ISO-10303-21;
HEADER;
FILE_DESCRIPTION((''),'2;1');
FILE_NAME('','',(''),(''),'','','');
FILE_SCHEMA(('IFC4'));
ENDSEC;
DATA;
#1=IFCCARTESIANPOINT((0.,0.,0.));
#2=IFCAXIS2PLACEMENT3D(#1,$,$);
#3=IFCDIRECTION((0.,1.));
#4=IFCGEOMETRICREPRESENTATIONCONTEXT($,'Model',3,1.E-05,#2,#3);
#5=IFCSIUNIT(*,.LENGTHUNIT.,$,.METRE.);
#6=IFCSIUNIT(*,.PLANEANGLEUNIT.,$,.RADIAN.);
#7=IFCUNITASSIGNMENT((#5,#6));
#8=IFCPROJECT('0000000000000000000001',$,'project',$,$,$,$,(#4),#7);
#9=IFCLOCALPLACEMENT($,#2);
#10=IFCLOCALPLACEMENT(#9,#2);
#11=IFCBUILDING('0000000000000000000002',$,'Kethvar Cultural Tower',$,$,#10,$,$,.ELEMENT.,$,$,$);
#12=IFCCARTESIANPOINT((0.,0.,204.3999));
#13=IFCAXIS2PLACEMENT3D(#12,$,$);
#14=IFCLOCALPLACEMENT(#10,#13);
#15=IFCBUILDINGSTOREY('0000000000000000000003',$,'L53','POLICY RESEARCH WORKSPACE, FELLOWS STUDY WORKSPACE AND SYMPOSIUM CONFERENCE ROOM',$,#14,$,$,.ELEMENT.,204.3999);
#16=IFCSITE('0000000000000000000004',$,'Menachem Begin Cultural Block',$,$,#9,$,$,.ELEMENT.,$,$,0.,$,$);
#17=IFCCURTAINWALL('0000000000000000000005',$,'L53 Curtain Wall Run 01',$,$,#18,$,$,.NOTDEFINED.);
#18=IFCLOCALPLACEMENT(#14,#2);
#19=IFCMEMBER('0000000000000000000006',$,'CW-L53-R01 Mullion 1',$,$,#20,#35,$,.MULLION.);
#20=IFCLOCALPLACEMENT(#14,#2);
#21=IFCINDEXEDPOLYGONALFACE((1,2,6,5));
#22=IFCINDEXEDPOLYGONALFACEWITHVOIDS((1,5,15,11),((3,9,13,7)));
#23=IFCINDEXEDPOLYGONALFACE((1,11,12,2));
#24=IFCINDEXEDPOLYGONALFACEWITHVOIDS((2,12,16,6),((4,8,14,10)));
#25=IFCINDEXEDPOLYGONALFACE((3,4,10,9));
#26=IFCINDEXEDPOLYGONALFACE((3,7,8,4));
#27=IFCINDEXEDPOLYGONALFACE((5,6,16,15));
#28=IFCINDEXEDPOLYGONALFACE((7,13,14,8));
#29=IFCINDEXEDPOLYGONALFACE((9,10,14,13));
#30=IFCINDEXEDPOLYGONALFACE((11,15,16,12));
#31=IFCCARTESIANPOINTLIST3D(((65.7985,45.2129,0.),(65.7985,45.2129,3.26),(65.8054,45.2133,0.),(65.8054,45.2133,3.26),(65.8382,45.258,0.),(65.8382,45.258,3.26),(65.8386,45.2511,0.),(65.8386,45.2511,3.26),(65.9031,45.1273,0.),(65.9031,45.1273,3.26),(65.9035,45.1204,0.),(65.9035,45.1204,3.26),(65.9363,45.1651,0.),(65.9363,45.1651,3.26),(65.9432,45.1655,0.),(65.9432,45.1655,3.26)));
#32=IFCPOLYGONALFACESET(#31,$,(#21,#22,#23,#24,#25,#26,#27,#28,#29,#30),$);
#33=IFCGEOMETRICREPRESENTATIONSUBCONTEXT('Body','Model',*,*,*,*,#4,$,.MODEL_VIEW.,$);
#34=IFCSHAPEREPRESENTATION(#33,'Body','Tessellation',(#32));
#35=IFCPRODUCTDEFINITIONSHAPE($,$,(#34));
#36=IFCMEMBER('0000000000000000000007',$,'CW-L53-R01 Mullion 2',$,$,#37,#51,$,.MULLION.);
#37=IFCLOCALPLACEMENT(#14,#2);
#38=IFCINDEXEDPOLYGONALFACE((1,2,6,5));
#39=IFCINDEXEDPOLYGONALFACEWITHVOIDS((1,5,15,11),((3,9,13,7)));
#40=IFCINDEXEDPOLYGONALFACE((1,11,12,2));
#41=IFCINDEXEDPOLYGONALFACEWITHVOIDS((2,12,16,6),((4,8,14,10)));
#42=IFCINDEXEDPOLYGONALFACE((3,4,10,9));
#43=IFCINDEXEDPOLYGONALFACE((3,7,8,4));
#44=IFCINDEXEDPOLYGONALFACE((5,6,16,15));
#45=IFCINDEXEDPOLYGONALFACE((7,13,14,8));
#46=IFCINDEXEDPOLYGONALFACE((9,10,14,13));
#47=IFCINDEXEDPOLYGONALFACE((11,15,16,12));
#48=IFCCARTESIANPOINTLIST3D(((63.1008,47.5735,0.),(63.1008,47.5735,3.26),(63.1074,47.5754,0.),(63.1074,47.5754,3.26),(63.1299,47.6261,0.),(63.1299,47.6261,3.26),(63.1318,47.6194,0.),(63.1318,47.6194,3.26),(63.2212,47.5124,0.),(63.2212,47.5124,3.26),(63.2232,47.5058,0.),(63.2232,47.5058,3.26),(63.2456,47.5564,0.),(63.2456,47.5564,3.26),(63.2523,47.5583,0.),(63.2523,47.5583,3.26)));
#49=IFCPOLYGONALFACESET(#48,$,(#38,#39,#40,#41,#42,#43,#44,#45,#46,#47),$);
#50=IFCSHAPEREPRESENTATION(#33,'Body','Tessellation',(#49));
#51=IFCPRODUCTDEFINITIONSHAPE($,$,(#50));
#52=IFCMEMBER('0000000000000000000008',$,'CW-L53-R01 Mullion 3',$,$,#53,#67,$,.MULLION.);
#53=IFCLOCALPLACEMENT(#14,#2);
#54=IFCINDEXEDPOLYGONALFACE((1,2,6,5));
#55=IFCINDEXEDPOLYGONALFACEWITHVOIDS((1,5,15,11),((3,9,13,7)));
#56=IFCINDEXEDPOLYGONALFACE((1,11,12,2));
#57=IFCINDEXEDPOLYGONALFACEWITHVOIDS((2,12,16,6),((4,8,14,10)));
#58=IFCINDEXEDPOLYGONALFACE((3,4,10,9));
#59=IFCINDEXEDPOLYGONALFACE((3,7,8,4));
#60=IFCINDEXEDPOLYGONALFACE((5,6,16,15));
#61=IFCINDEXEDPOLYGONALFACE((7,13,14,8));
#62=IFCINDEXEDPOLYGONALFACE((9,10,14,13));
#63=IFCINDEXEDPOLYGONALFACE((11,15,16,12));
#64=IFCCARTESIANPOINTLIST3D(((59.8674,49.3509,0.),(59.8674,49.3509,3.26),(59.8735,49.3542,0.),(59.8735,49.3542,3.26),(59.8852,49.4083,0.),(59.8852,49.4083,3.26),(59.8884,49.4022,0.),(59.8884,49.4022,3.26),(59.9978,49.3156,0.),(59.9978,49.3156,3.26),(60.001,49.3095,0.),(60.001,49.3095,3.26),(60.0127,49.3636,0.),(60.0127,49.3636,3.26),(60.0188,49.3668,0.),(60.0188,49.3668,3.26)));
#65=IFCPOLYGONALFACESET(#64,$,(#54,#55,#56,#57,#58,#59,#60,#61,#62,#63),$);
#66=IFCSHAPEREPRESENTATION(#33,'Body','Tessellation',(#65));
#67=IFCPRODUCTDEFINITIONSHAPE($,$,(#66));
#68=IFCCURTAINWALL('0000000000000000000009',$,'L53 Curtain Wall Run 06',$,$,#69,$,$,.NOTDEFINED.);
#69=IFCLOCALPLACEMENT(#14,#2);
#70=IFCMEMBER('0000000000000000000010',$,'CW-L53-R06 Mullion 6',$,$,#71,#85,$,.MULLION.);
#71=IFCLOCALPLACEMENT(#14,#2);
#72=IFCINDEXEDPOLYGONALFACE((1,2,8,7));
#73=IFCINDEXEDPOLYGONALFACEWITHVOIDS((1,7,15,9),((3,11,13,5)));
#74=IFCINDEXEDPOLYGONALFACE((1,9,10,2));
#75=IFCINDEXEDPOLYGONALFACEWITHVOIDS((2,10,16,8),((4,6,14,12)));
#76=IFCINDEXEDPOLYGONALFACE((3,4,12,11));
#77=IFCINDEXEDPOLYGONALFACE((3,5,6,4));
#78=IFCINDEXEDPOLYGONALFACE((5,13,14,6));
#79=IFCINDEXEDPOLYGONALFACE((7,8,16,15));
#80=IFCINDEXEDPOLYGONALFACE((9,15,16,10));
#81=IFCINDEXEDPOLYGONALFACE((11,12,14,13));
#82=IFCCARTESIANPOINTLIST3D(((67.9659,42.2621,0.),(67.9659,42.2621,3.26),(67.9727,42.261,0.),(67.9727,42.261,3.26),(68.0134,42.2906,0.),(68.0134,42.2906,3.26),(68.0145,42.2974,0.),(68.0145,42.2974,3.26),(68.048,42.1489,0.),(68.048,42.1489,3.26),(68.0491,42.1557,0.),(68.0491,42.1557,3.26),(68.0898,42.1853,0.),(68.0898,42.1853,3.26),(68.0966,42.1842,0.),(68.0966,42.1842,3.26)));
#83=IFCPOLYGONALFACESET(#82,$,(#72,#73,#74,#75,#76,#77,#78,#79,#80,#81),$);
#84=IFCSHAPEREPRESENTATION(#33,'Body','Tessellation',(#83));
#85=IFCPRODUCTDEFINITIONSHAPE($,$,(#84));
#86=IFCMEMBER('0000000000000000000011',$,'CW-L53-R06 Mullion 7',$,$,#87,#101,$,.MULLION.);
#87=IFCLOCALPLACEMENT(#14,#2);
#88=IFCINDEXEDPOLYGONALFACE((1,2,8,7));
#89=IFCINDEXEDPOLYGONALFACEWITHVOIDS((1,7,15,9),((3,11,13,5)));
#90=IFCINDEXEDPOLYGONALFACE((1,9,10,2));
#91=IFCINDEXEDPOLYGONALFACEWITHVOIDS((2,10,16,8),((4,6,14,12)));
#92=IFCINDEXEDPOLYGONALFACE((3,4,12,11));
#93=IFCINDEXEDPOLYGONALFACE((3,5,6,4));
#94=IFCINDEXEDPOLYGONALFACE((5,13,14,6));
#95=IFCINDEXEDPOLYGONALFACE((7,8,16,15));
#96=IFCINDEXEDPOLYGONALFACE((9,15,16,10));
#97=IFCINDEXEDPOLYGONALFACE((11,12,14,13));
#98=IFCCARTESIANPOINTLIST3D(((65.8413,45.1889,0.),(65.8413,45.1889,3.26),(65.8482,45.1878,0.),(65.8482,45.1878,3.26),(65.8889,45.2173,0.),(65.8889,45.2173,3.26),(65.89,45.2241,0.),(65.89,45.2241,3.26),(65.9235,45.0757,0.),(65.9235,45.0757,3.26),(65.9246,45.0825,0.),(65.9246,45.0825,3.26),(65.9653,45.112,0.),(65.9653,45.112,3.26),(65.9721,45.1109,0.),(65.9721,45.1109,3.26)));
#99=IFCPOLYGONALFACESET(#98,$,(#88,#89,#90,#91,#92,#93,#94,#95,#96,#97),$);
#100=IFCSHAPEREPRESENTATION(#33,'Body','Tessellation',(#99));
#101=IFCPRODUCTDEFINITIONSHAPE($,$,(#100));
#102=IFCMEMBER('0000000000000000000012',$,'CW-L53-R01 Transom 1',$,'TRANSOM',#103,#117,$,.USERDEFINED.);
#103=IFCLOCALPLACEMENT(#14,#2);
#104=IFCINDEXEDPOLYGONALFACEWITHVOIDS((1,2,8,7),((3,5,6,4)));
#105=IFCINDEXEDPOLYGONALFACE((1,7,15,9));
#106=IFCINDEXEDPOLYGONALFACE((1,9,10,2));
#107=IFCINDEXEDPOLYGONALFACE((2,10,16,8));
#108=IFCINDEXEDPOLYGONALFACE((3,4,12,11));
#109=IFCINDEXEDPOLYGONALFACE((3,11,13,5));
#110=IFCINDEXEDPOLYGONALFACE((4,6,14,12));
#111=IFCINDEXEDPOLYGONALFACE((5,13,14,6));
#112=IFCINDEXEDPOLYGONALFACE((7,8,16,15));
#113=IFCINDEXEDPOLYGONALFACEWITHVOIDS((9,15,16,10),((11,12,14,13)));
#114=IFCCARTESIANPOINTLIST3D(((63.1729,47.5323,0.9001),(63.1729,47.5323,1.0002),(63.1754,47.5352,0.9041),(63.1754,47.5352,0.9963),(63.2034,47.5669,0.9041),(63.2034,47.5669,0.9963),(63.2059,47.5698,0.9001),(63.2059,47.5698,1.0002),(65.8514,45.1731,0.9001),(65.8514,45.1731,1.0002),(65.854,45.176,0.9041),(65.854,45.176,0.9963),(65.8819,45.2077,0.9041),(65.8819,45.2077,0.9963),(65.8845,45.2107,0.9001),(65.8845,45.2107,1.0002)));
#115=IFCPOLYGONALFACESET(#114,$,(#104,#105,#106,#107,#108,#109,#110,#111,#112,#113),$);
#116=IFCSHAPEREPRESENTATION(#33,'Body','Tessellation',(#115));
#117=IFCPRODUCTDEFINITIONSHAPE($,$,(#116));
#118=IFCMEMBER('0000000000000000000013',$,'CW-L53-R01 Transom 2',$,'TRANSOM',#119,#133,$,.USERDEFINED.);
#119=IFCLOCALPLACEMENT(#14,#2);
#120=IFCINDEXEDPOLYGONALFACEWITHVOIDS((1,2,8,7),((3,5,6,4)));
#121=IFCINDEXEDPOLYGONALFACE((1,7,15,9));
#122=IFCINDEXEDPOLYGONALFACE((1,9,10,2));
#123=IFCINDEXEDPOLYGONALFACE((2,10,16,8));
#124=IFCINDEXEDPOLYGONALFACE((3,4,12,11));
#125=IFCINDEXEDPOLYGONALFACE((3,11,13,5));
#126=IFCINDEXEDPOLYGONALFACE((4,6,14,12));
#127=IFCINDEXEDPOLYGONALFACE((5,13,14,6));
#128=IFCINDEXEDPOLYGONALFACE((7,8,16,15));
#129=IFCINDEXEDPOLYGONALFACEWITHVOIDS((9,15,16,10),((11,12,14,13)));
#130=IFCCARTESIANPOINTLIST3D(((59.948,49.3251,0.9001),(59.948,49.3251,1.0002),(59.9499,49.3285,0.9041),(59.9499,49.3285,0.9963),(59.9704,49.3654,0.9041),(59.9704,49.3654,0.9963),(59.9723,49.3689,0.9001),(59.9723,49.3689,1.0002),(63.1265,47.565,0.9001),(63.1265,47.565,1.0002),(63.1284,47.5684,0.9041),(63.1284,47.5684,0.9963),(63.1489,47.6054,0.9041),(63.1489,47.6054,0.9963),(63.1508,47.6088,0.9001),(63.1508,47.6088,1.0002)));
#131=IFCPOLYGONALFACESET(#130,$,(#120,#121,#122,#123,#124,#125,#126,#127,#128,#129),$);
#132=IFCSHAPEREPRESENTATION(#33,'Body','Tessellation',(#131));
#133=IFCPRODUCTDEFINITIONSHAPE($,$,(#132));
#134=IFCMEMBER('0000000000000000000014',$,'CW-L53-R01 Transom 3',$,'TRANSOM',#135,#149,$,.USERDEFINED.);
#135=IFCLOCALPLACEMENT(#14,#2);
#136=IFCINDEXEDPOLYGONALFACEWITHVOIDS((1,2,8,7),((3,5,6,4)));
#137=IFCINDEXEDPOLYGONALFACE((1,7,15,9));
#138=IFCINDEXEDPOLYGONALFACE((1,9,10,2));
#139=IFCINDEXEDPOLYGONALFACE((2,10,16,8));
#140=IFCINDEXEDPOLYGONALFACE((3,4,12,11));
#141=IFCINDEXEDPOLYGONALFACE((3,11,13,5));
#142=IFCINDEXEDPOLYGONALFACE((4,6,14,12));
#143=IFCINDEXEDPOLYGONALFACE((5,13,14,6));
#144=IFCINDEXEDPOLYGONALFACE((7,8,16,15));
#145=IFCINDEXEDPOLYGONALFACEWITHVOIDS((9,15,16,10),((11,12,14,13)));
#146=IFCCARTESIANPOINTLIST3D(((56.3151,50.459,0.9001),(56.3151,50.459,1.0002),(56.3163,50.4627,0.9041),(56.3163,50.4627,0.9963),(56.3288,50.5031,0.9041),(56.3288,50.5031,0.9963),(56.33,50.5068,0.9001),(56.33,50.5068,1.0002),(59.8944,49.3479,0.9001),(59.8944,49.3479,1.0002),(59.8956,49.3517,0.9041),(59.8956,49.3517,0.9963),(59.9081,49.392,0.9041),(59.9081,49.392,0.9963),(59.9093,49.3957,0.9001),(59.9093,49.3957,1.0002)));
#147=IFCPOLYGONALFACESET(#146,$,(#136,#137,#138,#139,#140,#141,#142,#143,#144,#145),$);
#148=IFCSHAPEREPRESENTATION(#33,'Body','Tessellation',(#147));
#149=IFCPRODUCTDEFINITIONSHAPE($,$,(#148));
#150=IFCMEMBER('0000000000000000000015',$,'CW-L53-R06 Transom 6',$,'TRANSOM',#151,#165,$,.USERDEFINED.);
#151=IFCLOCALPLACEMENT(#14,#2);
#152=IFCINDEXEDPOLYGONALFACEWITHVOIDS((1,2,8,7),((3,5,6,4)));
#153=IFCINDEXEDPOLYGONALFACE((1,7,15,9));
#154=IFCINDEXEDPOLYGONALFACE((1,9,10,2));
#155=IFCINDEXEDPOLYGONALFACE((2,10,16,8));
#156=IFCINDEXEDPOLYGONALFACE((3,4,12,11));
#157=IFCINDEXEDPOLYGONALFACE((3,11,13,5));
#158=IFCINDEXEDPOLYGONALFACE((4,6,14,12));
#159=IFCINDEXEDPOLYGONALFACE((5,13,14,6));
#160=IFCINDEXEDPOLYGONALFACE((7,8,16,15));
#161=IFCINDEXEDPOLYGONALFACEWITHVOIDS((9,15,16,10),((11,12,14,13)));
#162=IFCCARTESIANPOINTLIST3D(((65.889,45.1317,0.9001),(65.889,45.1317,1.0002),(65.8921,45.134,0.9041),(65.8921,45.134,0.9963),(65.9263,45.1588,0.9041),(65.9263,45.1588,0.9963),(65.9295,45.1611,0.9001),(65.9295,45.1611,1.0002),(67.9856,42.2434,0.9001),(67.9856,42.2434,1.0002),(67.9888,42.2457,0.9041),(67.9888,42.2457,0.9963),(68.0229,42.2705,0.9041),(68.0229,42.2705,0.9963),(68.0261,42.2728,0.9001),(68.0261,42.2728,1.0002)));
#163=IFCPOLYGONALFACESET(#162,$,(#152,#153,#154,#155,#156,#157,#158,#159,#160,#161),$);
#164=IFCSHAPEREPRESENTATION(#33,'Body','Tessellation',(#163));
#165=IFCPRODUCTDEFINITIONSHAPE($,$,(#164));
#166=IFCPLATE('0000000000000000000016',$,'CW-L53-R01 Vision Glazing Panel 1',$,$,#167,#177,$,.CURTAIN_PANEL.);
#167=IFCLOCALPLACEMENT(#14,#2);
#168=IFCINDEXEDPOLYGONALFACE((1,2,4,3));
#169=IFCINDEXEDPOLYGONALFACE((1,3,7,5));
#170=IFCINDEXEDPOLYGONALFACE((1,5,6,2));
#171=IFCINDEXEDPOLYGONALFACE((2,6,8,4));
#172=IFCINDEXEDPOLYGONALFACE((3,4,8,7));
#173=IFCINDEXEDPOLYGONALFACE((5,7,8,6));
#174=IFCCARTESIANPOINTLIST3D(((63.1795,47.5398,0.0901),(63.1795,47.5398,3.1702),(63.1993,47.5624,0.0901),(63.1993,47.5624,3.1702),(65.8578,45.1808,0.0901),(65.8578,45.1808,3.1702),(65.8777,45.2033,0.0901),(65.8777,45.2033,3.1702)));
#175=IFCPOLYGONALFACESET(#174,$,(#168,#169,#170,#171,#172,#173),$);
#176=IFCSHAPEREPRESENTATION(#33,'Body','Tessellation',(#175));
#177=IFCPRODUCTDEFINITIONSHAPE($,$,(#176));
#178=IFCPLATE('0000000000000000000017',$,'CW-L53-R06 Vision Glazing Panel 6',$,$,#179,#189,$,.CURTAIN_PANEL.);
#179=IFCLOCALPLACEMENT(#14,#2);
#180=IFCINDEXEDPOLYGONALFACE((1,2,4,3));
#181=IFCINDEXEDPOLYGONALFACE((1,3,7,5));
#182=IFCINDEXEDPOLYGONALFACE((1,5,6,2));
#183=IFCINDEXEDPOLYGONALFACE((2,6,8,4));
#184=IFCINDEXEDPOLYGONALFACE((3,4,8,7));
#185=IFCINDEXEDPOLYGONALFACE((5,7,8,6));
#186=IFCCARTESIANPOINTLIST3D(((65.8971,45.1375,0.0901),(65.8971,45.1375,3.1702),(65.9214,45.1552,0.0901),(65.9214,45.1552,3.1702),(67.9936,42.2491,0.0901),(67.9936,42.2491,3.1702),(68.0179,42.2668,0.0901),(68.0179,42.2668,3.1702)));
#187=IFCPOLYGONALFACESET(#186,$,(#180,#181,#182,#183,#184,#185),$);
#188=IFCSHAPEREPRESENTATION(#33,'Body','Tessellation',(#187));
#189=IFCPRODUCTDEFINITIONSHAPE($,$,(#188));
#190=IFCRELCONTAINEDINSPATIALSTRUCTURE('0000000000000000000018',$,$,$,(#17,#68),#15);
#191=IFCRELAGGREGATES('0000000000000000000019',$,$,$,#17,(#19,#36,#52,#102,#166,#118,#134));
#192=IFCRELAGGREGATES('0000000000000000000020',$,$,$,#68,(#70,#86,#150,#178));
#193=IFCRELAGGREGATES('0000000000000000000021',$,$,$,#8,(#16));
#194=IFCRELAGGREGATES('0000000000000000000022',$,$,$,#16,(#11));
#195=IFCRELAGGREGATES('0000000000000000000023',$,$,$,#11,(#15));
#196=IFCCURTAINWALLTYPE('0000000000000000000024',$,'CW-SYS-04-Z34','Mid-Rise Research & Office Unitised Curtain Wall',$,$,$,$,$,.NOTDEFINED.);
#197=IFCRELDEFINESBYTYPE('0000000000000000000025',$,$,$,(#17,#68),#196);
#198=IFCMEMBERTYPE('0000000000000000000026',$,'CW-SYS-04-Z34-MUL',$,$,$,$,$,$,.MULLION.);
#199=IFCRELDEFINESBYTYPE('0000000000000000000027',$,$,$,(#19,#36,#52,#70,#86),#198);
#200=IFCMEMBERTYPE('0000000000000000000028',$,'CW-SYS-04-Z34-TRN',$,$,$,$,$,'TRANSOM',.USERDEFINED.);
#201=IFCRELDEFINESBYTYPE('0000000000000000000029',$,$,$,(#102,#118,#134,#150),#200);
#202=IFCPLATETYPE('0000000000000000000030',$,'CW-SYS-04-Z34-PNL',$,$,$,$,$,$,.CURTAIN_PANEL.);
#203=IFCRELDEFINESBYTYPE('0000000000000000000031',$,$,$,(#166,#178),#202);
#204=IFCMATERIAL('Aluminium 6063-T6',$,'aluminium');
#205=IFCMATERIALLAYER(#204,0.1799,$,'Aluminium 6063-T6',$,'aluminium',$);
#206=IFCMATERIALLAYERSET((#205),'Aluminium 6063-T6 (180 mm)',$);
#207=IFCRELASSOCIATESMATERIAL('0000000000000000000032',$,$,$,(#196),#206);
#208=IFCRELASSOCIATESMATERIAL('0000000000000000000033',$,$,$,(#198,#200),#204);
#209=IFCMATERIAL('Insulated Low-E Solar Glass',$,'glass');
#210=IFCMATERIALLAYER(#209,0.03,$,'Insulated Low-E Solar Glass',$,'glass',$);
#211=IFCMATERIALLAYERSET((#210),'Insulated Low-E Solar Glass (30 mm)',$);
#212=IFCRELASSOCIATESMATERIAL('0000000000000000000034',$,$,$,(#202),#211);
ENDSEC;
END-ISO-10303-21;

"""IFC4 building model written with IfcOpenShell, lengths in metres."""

from ifc_helpers import new_model, si_unit, direction, frame, origin, origin_2d, place, context, subcontext, project, spatial, rectangle, hollow_rectangle, extrude, source, transform, mapped, material, layer, layer_set, material_profile, profile_set, type_object, element, aggregate, save


model = new_model("IFC4")

# Units and contexts
model_context = context("Model", 3, precision=1e-05, world=origin(), true_north=direction((0.0, 1.0)))
body_context = subcontext(model_context, "Body", "Model", "MODEL_VIEW")
ifc_project = project(units=[si_unit("LENGTHUNIT", "METRE"), si_unit("PLANEANGLEUNIT", "RADIAN")], contexts=[model_context])

# Site, building, storey
site_placement = place(None, origin())
site = spatial("IfcSite", under=ifc_project, at=site_placement, Name="Menachem Begin Cultural Block", CompositionType="ELEMENT", RefElevation=0.0)
building_placement = place(site_placement, origin())
building = spatial("IfcBuilding", under=site, at=building_placement, Name="Kethvar Cultural Tower", CompositionType="ELEMENT")
storey_placement = place(building_placement, frame((0.0, 0.0, 204.3999)))
storey = spatial("IfcBuildingStorey", under=building, at=storey_placement, Name="L53", Description="POLICY RESEARCH WORKSPACE, FELLOWS STUDY WORKSPACE AND SYMPOSIUM CONFERENCE ROOM", CompositionType="ELEMENT", Elevation=204.3999)

# Curtain walls, members
ifc_material_1 = material(Name="Aluminium 6063-T6", Category="aluminium")
ifc_layer_1 = layer(ifc_material_1, 0.1799, Name="Aluminium 6063-T6", Category="aluminium")
ifc_layer_set_1 = layer_set([ifc_layer_1], Name="Aluminium 6063-T6 (180 mm)")
curtain_wall_type = type_object("IfcCurtainWallType", Name="CW-SYS-04-Z34", Description="Mid-Rise Research & Office Unitised Curtain Wall", PredefinedType="NOTDEFINED", material=ifc_layer_set_1)
curtain_wall_1_placement = place(storey_placement, origin())
curtain_wall_1 = element("IfcCurtainWall", 1, at=curtain_wall_1_placement, inside=storey, type_object=curtain_wall_type, Name="L53 Curtain Wall Run 01", PredefinedType="NOTDEFINED")
ifc_material_profile_1 = material_profile(ifc_material_1, hollow_rectangle(XDim=0.0601, YDim=0.1399, WallThickness=0.0049, at=origin_2d()), Name="Aluminium 6063-T6 — RHS140x60x5")
ifc_profile_set_1 = profile_set([ifc_material_profile_1], Name="Aluminium 6063-T6 — RHS140x60x5")
member_type_1 = type_object("IfcMemberType", Name="CW-SYS-04-Z34-MUL", PredefinedType="MULLION", material=ifc_profile_set_1)
shared_shape_1 = source(origin(), body_context, "Body", "SweptSolid", [
    extrude(hollow_rectangle(XDim=0.0601, YDim=0.1399, WallThickness=0.0049, at=origin_2d()), origin(), (0.0, 0.0, 1.0), 3.26),
])
member_1_placement = place(storey_placement, frame((65.8708, 45.1892, 0.0), z_axis=(0.0, 0.0, 1.0), x_axis=(-0.660958, -0.750423, 0.0)))
member_1 = element("IfcMember", 2, at=member_1_placement, type_object=member_type_1, Name="CW-L53-R01 Mullion 1", PredefinedType="MULLION", context=body_context, shape_type="MappedRepresentation", body=[
    mapped(shared_shape_1, transform((0.0, 0.0, 0.0), scale=1.0)),
])
member_2_placement = place(storey_placement, frame((63.1765, 47.5659, 0.0), z_axis=(0.0, 0.0, 1.0), x_axis=(-0.484458, -0.874814, 0.0)))
member_2 = element("IfcMember", 3, at=member_2_placement, type_object=member_type_1, Name="CW-L53-R01 Mullion 2", PredefinedType="MULLION", context=body_context, shape_type="MappedRepresentation", body=[
    mapped(shared_shape_1, transform((0.0, 0.0, 0.0), scale=1.0)),
])
member_3_placement = place(storey_placement, frame((59.9431, 49.3589, 0.0), z_axis=(0.0, 0.0, 1.0), x_axis=(-0.296475, -0.955041, 0.0)))
member_3 = element("IfcMember", 4, at=member_3_placement, type_object=member_type_1, Name="CW-L53-R01 Mullion 3", PredefinedType="MULLION", context=body_context, shape_type="MappedRepresentation", body=[
    mapped(shared_shape_1, transform((0.0, 0.0, 0.0), scale=1.0)),
])
curtain_wall_2_placement = place(storey_placement, origin())
curtain_wall_2 = element("IfcCurtainWall", 5, at=curtain_wall_2_placement, inside=storey, type_object=curtain_wall_type, Name="L53 Curtain Wall Run 06", PredefinedType="NOTDEFINED")
member_4_placement = place(storey_placement, frame((68.0312, 42.2231, 0.0), z_axis=(0.0, 0.0, 1.0), x_axis=(-0.809284, -0.587418, 0.0)))
member_4 = element("IfcMember", 6, at=member_4_placement, type_object=member_type_1, Name="CW-L53-R06 Mullion 6", PredefinedType="MULLION", context=body_context, shape_type="MappedRepresentation", body=[
    mapped(shared_shape_1, transform((0.0, 0.0, 0.0), scale=1.0)),
])
member_5_placement = place(storey_placement, frame((65.9067, 45.1499, 0.0), z_axis=(0.0, 0.0, 1.0), x_axis=(-0.809284, -0.587418, 0.0)))
member_5 = element("IfcMember", 7, at=member_5_placement, type_object=member_type_1, Name="CW-L53-R06 Mullion 7", PredefinedType="MULLION", context=body_context, shape_type="MappedRepresentation", body=[
    mapped(shared_shape_1, transform((0.0, 0.0, 0.0), scale=1.0)),
])

# Members
ifc_material_profile_2 = material_profile(ifc_material_1, hollow_rectangle(XDim=0.05, YDim=0.1001, WallThickness=0.0039, at=origin_2d()), Name="Aluminium 6063-T6 — RHS100x50x4")
ifc_profile_set_2 = profile_set([ifc_material_profile_2], Name="Aluminium 6063-T6 — RHS100x50x4")
member_type_2 = type_object("IfcMemberType", Name="CW-SYS-04-Z34-TRN", ElementType="TRANSOM", PredefinedType="USERDEFINED", material=ifc_profile_set_2)
shared_shape_2 = source(origin(), body_context, "Body", "SweptSolid", [
    extrude(hollow_rectangle(XDim=0.05, YDim=0.1001, WallThickness=0.0039, at=origin_2d()), origin(), (0.0, 0.0, 1.0), 3.5693),
])
member_6_placement = place(storey_placement, frame((65.8679, 45.1919, 0.9502), z_axis=(-0.750424, 0.660956, 0.0), x_axis=(-0.660956, -0.750424, 0.0)))
member_6 = element("IfcMember", 8, at=member_6_placement, type_object=member_type_2, Name="CW-L53-R01 Transom 1", ObjectType="TRANSOM", PredefinedType="USERDEFINED", context=body_context, shape_type="MappedRepresentation", body=[
    mapped(shared_shape_2, transform((0.0, 0.0, 0.0), scale=1.0)),
])
shared_shape_3 = source(origin(), body_context, "Body", "SweptSolid", [
    extrude(hollow_rectangle(XDim=0.05, YDim=0.1001, WallThickness=0.0039, at=origin_2d()), origin(), (0.0, 0.0, 1.0), 3.6333),
])
member_7_placement = place(storey_placement, frame((63.1387, 47.5869, 0.9502), z_axis=(-0.874835, 0.484422, 0.0), x_axis=(-0.484422, -0.874835, 0.0)))
member_7 = element("IfcMember", 9, at=member_7_placement, type_object=member_type_2, Name="CW-L53-R01 Transom 2", ObjectType="TRANSOM", PredefinedType="USERDEFINED", context=body_context, shape_type="MappedRepresentation", body=[
    mapped(shared_shape_3, transform((0.0, 0.0, 0.0), scale=1.0)),
])
shared_shape_4 = source(origin(), body_context, "Body", "SweptSolid", [
    extrude(hollow_rectangle(XDim=0.05, YDim=0.1001, WallThickness=0.0039, at=origin_2d()), origin(), (0.0, 0.0, 1.0), 3.7478),
])
member_8_placement = place(storey_placement, frame((59.9019, 49.3718, 0.9502), z_axis=(-0.955045, 0.296461, 0.0), x_axis=(-0.296461, -0.955045, 0.0)))
member_8 = element("IfcMember", 10, at=member_8_placement, type_object=member_type_2, Name="CW-L53-R01 Transom 3", ObjectType="TRANSOM", PredefinedType="USERDEFINED", context=body_context, shape_type="MappedRepresentation", body=[
    mapped(shared_shape_4, transform((0.0, 0.0, 0.0), scale=1.0)),
])
shared_shape_5 = source(origin(), body_context, "Body", "SweptSolid", [
    extrude(hollow_rectangle(XDim=0.05, YDim=0.1001, WallThickness=0.0039, at=origin_2d()), origin(), (0.0, 0.0, 1.0), 3.5691),
])
member_9_placement = place(storey_placement, frame((68.0059, 42.2581, 0.9502), z_axis=(-0.587439, 0.809268, 0.0), x_axis=(-0.809268, -0.587439, 0.0)))
member_9 = element("IfcMember", 11, at=member_9_placement, type_object=member_type_2, Name="CW-L53-R06 Transom 6", ObjectType="TRANSOM", PredefinedType="USERDEFINED", context=body_context, shape_type="MappedRepresentation", body=[
    mapped(shared_shape_5, transform((0.0, 0.0, 0.0), scale=1.0)),
])

# Plates
ifc_material_2 = material(Name="Insulated Low-E Solar Glass", Category="glass")
ifc_layer_2 = layer(ifc_material_2, 0.03, Name="Insulated Low-E Solar Glass", Category="glass")
ifc_layer_set_2 = layer_set([ifc_layer_2], Name="Insulated Low-E Solar Glass (30 mm)")
plate_type = type_object("IfcPlateType", Name="CW-SYS-04-Z34-PNL", PredefinedType="CURTAIN_PANEL", material=ifc_layer_set_2)
shared_shape_6 = source(origin(), body_context, "Body", "SweptSolid", [
    extrude(rectangle(XDim=3.5691, YDim=0.03, at=origin_2d()), origin(), (0.0, 0.0, 1.0), 3.0801),
])
plate_1_placement = place(storey_placement, frame((64.5286, 46.3716, 0.0901), z_axis=(0.0, 0.0, 1.0), x_axis=(-0.750423, 0.660958, 0.0)))
plate_1 = element("IfcPlate", 12, at=plate_1_placement, type_object=plate_type, Name="CW-L53-R01 Vision Glazing Panel 1", PredefinedType="CURTAIN_PANEL", context=body_context, shape_type="MappedRepresentation", body=[
    mapped(shared_shape_6, transform((0.0, 0.0, 0.0), scale=1.0)),
])
plate_2_placement = place(storey_placement, frame((66.9575, 43.7021, 0.0901), z_axis=(0.0, 0.0, 1.0), x_axis=(-0.587418, 0.809284, 0.0)))
plate_2 = element("IfcPlate", 13, at=plate_2_placement, type_object=plate_type, Name="CW-L53-R06 Vision Glazing Panel 6", PredefinedType="CURTAIN_PANEL", context=body_context, shape_type="MappedRepresentation", body=[
    mapped(shared_shape_6, transform((0.0, 0.0, 0.0), scale=1.0)),
])
aggregate(curtain_wall_1, [member_1, member_2, member_3, member_6, plate_1, member_7, member_8])
aggregate(curtain_wall_2, [member_4, member_5, member_9, plate_2])

save(model, "model.ifc")
